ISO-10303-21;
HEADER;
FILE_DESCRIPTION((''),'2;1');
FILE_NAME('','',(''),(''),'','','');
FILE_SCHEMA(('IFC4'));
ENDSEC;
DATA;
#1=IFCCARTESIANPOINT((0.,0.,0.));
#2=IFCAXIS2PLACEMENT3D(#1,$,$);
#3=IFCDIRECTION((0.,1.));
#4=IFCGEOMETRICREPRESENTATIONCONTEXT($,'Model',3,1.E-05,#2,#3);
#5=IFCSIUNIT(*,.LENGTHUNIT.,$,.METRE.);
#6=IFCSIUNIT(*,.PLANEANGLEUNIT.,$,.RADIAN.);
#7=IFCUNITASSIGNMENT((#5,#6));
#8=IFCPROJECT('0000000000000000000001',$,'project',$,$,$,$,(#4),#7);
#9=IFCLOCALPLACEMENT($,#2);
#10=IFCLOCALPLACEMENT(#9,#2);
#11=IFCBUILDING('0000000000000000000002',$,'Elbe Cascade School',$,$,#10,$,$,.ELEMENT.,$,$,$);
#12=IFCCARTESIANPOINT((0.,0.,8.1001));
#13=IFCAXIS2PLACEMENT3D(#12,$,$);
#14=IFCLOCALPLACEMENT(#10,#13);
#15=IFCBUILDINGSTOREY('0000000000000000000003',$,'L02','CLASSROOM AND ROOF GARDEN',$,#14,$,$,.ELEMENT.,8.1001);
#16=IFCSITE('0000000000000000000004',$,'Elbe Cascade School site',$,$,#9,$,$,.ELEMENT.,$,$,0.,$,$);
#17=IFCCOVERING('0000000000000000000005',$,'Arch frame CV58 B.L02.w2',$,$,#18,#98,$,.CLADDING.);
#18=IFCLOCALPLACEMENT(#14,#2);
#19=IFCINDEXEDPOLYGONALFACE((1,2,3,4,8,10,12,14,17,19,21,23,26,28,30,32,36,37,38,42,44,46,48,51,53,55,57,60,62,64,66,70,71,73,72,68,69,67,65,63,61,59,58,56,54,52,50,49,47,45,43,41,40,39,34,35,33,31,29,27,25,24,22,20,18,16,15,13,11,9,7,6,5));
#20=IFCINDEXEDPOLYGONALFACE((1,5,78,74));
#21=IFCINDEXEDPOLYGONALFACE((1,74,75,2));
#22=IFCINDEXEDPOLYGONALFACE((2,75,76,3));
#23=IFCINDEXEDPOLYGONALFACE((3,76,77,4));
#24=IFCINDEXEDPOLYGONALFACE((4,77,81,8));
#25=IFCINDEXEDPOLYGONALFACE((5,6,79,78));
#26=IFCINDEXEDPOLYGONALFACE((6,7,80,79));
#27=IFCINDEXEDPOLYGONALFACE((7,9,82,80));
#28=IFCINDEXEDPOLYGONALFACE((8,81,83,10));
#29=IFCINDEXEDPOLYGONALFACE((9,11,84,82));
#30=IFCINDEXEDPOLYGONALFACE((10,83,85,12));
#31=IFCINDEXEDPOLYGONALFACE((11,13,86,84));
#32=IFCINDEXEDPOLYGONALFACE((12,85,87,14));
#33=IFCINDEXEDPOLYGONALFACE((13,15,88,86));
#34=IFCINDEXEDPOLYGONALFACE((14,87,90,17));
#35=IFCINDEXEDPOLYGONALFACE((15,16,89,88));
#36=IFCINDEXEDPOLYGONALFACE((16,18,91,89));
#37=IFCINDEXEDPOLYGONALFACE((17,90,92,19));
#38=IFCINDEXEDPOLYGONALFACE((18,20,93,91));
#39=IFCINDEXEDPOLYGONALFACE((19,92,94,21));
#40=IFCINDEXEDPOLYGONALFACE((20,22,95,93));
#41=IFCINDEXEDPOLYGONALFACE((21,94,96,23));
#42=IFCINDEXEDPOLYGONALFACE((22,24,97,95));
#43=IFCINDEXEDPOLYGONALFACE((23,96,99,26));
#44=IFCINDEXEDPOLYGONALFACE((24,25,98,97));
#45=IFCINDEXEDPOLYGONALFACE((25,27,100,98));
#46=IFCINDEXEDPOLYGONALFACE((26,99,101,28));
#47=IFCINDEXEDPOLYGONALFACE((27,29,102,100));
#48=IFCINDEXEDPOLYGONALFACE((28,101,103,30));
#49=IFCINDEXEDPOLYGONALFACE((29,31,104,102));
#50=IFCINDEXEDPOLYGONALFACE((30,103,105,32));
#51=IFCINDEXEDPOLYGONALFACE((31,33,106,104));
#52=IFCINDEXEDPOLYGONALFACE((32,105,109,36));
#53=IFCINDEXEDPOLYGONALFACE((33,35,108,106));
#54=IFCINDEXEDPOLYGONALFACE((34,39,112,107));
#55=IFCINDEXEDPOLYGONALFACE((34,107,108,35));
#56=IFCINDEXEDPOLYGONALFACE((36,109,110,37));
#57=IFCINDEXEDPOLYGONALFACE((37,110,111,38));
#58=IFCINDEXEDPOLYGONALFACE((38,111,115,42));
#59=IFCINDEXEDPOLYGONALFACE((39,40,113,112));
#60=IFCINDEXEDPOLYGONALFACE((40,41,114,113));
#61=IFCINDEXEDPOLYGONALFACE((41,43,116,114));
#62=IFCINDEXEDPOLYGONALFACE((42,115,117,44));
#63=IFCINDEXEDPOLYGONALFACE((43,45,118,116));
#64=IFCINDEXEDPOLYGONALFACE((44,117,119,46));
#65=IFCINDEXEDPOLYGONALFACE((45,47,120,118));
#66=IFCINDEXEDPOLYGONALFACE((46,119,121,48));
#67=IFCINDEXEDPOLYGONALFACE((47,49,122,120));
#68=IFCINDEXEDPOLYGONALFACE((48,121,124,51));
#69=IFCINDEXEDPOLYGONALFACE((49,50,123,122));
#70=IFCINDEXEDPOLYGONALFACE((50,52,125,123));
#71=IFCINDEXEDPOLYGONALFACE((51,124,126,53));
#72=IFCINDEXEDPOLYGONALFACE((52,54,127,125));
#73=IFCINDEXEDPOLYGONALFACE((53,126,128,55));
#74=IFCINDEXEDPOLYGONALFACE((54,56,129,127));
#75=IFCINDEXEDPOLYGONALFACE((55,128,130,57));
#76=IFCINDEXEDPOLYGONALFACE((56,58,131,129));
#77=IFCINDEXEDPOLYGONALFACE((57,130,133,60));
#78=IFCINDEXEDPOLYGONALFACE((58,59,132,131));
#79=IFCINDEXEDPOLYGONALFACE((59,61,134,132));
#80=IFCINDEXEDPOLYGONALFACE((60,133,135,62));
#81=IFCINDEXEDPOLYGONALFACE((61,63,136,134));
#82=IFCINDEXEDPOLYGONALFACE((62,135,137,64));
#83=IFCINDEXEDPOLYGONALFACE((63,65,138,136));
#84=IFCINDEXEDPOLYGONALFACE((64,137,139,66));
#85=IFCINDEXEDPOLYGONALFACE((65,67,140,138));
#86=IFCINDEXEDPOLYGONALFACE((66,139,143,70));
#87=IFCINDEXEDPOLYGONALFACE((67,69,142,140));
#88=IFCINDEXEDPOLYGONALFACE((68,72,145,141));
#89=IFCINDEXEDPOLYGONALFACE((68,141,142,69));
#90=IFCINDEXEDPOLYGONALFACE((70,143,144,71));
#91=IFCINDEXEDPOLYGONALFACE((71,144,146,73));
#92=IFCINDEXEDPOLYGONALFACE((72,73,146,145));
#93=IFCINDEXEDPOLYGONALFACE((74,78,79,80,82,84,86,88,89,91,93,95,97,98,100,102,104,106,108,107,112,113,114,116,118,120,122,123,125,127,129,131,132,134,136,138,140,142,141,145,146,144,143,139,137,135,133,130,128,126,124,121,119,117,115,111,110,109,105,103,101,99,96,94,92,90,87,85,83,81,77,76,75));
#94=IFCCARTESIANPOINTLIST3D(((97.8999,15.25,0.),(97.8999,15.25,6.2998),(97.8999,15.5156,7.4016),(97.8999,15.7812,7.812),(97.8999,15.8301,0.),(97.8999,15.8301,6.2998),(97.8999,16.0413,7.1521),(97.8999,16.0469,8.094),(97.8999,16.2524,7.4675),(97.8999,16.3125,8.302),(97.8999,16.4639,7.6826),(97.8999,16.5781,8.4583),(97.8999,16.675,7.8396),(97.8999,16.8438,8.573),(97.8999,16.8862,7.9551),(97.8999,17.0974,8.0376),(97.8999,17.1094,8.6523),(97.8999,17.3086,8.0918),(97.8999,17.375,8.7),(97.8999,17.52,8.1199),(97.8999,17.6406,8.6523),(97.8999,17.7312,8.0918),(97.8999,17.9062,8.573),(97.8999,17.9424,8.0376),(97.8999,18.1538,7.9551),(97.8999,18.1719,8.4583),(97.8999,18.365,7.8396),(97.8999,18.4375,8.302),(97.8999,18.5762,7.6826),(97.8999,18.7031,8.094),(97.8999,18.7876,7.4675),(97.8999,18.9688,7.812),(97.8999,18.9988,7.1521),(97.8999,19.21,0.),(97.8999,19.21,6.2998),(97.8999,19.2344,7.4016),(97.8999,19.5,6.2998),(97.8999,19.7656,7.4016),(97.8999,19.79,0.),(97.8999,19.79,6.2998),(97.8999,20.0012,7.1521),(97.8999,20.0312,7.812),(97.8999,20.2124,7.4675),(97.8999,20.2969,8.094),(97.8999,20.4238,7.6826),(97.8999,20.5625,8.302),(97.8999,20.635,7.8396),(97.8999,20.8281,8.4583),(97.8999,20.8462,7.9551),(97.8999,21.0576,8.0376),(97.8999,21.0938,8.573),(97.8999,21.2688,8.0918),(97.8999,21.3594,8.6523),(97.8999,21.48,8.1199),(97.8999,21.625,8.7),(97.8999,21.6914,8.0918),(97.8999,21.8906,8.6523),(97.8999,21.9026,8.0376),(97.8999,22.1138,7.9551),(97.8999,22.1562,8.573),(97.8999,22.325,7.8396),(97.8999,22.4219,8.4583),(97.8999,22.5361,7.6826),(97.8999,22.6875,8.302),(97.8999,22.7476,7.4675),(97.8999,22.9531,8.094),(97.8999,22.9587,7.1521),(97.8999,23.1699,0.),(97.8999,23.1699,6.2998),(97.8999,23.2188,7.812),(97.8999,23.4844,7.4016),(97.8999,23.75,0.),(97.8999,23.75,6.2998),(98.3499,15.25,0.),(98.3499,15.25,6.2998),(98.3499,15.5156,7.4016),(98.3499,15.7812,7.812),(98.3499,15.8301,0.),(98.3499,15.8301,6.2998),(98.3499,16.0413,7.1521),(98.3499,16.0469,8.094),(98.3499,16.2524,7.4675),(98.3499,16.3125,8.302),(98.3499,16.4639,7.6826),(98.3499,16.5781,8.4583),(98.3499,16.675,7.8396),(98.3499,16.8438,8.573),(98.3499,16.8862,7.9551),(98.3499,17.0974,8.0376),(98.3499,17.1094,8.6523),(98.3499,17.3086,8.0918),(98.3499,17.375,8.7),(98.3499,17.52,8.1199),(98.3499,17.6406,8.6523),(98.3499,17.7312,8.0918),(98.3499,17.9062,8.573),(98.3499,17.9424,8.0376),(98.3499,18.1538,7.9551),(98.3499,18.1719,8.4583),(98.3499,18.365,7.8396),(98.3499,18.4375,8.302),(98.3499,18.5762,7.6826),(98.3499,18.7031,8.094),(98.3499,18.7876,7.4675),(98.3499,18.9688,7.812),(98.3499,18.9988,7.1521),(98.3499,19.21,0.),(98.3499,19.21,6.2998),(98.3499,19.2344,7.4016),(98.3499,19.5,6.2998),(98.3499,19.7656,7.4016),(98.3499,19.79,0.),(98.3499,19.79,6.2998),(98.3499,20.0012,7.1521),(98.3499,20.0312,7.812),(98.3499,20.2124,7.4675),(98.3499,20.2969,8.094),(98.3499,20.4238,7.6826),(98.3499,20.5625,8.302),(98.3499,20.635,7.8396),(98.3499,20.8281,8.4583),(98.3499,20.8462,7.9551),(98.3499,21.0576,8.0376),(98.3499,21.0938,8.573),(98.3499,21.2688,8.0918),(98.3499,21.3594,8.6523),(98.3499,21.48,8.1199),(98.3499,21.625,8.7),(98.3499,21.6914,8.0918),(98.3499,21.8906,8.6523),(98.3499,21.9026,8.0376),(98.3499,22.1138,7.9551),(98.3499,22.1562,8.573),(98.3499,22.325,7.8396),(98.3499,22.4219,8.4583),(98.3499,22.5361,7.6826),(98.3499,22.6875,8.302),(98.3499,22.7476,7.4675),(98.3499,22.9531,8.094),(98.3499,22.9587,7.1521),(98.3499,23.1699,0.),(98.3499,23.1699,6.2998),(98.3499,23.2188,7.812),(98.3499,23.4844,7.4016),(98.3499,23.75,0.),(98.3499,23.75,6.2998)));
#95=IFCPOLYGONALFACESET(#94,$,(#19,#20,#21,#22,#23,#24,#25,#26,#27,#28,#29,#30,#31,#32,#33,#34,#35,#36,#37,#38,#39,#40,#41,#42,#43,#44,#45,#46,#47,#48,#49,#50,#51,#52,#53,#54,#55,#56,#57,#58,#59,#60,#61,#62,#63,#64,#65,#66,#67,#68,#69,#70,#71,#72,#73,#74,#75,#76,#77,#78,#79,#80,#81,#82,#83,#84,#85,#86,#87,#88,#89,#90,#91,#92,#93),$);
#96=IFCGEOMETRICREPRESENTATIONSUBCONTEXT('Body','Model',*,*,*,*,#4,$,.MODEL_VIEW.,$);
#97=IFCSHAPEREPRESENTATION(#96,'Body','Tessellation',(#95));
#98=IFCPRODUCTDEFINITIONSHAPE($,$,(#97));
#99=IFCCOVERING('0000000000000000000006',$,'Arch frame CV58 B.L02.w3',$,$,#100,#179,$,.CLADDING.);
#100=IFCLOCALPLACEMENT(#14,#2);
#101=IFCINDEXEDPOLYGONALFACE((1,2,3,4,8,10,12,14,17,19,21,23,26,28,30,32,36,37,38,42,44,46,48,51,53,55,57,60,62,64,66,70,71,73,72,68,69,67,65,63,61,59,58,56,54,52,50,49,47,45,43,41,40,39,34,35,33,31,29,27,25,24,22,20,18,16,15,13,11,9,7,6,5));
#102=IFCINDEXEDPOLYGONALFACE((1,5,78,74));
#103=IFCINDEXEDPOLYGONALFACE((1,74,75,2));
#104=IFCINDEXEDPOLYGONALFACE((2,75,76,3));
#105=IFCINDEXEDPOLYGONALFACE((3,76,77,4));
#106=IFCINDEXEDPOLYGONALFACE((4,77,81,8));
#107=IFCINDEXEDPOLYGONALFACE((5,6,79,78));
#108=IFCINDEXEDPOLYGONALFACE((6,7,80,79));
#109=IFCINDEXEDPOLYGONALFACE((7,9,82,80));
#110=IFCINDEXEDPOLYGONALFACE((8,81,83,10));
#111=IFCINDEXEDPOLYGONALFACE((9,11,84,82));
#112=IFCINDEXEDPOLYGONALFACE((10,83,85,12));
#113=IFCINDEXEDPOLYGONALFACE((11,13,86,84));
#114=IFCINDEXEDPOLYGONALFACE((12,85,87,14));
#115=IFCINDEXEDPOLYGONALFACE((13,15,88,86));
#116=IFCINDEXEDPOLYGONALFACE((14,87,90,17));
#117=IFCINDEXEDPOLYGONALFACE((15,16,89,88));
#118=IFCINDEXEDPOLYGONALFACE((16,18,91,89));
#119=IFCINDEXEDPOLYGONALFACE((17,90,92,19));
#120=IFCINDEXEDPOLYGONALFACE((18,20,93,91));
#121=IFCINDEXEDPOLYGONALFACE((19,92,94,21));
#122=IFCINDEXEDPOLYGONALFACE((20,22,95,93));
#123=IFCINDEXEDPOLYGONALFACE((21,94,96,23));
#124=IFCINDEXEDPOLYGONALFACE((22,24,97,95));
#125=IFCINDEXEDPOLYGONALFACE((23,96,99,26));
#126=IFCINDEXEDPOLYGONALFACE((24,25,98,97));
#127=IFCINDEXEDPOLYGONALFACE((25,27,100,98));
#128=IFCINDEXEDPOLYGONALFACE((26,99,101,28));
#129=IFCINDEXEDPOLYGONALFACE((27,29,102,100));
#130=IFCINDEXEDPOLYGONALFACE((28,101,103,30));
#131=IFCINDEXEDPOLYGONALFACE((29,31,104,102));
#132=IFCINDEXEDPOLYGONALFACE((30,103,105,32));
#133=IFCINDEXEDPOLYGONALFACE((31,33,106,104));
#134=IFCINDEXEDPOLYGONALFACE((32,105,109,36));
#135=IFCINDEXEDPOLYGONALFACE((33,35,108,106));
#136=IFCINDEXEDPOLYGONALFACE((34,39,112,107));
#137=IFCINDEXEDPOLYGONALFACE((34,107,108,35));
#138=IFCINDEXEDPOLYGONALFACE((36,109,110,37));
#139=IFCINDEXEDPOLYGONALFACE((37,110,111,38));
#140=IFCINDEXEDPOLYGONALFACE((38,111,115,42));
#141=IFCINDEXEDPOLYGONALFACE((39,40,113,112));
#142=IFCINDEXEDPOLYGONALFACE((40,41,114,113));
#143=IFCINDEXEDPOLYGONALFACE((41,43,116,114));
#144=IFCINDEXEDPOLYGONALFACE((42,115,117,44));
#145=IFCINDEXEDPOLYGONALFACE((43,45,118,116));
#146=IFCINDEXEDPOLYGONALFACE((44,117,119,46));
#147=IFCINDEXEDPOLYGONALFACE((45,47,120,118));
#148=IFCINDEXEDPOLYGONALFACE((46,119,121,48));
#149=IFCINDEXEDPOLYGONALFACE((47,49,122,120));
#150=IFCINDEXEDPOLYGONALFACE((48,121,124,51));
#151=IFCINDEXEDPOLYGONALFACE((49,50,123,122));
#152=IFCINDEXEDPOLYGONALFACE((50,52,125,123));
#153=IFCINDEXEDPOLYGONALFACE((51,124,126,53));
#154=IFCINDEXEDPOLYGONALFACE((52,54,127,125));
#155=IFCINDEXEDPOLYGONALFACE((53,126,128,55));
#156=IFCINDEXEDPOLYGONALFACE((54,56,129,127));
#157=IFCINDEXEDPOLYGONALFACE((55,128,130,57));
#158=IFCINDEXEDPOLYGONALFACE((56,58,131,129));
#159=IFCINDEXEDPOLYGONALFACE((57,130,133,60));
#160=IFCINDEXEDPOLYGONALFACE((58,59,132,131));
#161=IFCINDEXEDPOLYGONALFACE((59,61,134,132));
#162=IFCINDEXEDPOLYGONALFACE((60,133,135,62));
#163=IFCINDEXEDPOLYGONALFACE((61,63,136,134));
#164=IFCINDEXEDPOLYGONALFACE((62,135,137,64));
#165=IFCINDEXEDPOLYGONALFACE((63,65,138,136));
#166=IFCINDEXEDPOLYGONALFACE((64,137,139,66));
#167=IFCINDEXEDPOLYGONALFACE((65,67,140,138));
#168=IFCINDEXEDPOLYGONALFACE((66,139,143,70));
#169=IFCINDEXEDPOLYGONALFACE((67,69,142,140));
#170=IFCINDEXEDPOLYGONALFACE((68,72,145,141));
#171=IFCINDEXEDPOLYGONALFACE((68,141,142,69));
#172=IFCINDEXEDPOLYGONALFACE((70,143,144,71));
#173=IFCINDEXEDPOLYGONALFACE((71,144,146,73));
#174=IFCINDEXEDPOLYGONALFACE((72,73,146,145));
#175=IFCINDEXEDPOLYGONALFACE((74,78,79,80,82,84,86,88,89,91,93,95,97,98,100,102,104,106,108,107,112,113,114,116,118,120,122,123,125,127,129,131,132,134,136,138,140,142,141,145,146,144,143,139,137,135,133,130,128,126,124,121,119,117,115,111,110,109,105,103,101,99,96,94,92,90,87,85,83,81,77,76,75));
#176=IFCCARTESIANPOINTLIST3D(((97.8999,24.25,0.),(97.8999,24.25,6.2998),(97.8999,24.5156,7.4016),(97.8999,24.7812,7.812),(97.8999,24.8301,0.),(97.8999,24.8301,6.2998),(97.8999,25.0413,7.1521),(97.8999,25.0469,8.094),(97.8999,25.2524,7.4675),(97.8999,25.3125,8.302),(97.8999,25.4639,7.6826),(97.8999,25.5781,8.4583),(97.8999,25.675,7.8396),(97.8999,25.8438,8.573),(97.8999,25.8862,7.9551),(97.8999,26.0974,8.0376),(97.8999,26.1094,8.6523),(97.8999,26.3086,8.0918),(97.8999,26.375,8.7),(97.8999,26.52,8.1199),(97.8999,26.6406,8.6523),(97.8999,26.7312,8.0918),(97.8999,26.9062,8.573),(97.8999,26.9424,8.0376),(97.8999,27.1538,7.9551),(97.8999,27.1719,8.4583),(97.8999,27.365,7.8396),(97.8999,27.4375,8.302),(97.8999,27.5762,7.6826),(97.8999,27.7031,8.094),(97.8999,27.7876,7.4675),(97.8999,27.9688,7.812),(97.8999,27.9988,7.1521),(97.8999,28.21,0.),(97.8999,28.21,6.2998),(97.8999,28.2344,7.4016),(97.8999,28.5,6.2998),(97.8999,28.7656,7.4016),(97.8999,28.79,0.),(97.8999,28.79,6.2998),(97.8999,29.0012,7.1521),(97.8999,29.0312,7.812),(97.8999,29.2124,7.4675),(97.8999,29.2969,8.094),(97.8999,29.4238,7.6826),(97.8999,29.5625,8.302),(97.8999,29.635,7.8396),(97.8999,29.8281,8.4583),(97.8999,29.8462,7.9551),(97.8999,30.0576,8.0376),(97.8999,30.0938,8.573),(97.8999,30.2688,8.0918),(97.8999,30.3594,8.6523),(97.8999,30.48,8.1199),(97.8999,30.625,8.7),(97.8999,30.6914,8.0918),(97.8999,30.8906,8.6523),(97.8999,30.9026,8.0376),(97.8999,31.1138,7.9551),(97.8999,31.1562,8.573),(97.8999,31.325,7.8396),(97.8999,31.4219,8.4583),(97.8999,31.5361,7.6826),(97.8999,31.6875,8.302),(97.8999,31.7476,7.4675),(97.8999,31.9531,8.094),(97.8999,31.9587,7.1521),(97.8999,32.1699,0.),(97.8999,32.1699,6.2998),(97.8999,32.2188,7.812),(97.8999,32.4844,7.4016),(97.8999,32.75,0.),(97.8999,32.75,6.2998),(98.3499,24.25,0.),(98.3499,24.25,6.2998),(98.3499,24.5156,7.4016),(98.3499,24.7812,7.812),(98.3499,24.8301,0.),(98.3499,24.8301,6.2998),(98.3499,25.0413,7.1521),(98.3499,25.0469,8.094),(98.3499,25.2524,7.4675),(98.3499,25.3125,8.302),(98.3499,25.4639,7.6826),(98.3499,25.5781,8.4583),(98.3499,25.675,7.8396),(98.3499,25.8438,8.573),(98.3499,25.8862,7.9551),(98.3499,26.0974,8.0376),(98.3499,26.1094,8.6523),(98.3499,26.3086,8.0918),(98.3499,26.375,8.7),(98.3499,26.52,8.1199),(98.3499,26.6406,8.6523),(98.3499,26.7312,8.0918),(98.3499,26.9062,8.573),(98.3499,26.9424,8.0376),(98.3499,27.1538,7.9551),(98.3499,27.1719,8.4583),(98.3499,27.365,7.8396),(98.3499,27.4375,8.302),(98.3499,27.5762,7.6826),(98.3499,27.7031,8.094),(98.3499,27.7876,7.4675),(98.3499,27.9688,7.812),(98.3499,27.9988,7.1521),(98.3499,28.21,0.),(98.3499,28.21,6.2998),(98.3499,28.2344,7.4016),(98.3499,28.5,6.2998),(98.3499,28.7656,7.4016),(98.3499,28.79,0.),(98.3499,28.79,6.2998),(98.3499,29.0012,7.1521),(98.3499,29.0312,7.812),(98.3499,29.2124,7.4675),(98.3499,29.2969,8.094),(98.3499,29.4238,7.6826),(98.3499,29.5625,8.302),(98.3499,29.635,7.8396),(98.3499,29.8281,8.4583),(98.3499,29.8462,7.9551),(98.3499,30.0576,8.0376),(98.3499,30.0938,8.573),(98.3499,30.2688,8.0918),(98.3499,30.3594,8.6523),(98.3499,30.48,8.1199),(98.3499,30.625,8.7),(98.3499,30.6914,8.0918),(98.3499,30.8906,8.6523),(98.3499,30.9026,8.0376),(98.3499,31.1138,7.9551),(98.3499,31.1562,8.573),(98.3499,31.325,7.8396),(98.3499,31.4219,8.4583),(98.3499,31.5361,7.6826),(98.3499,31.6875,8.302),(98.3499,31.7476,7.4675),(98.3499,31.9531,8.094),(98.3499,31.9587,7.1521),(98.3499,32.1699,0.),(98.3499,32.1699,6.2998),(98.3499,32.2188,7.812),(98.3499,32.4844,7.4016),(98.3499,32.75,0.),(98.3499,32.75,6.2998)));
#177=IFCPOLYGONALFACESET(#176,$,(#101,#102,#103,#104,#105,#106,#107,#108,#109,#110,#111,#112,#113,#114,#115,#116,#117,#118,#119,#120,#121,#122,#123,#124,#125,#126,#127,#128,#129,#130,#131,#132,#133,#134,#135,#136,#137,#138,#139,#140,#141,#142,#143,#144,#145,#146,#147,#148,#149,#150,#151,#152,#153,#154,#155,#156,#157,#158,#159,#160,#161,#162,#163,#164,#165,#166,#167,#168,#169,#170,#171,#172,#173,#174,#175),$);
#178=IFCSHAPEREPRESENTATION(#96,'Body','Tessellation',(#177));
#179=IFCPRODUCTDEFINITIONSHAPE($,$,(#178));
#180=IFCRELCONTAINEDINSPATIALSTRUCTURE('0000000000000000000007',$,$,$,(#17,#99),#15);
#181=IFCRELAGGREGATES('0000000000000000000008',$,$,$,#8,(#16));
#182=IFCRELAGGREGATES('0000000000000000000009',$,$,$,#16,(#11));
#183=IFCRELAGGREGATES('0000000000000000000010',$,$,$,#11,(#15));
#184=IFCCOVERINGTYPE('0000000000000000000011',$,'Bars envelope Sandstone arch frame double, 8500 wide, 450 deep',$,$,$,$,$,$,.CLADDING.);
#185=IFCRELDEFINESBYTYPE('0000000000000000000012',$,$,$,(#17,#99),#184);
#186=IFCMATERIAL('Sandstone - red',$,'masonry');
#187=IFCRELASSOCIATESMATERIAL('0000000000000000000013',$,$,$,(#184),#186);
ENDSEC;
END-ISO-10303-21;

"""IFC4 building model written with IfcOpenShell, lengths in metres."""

from ifc_helpers import new_model, si_unit, direction, frame, origin, place, context, subcontext, project, spatial, polyline, outline, extrude, material, type_object, element, save


model = new_model("IFC4")

# Units and contexts
model_context = context("Model", 3, precision=1e-05, world=origin(), true_north=direction((0.0, 1.0)))
body_context = subcontext(model_context, "Body", "Model", "MODEL_VIEW")
ifc_project = project(units=[si_unit("LENGTHUNIT", "METRE"), si_unit("PLANEANGLEUNIT", "RADIAN")], contexts=[model_context])

# Site, building, storey
site_placement = place(None, origin())
site = spatial("IfcSite", under=ifc_project, at=site_placement, Name="Elbe Cascade School site", CompositionType="ELEMENT", RefElevation=0.0)
building_placement = place(site_placement, origin())
building = spatial("IfcBuilding", under=site, at=building_placement, Name="Elbe Cascade School", CompositionType="ELEMENT")
storey_placement = place(building_placement, frame((0.0, 0.0, 8.1001)))
storey = spatial("IfcBuildingStorey", under=building, at=storey_placement, Name="L02", Description="CLASSROOM AND ROOF GARDEN", CompositionType="ELEMENT", Elevation=8.1001)

# Coverings
ifc_material_1 = material(Name="Sandstone - red", Category="masonry")
covering_type_1 = type_object("IfcCoveringType", Name="Bars envelope Sandstone arch frame double, 8500 wide, 450 deep", PredefinedType="CLADDING", material=ifc_material_1)
covering_1_placement = place(storey_placement, frame((97.8999, 15.25, 0.0), z_axis=(-1.0, 0.0, 0.0), x_axis=(0.0, 0.0, 1.0)))
element("IfcCovering", 1, at=covering_1_placement, inside=storey, type_object=covering_type_1, Name="Arch frame CV58 B.L02.w2", PredefinedType="CLADDING", context=body_context, shape_type="SweptSolid", body=[
    extrude(outline(polyline([(0.0, 0.0), (6.2998, 0.0), (7.4016, 0.2656), (7.812, 0.5312), (8.094, 0.7969), (8.302, 1.0625), (8.4583, 1.3281), (8.573, 1.5938), (8.6523, 1.8594), (8.7, 2.125), (8.6523, 2.3906), (8.573, 2.6562), (8.4583, 2.9219), (8.302, 3.1875), (8.094, 3.4531), (7.812, 3.7188), (7.4016, 3.9844), (6.2998, 4.25), (7.4016, 4.5156), (7.812, 4.7812), (8.094, 5.0469), (8.302, 5.3125), (8.4583, 5.5781), (8.573, 5.8438), (8.6523, 6.1094), (8.7, 6.375), (8.6523, 6.6406), (8.573, 6.9062), (8.4583, 7.1719), (8.302, 7.4375), (8.094, 7.7031), (7.812, 7.9688), (7.4016, 8.2344), (6.2998, 8.5), (0.0, 8.5), (0.0, 7.9199), (6.2998, 7.9199), (7.1521, 7.7087), (7.4675, 7.4976), (7.6826, 7.2861), (7.8396, 7.075), (7.9551, 6.8638), (8.0376, 6.6526), (8.0918, 6.4414), (8.1199, 6.23), (8.0918, 6.0188), (8.0376, 5.8076), (7.9551, 5.5962), (7.8396, 5.385), (7.6826, 5.1738), (7.4675, 4.9624), (7.1521, 4.7512), (6.2998, 4.54), (0.0, 4.54), (0.0, 3.96), (6.2998, 3.96), (7.1521, 3.7488), (7.4675, 3.5376), (7.6826, 3.3262), (7.8396, 3.115), (7.9551, 2.9038), (8.0376, 2.6924), (8.0918, 2.4812), (8.1199, 2.27), (8.0918, 2.0586), (8.0376, 1.8474), (7.9551, 1.6362), (7.8396, 1.425), (7.6826, 1.2139), (7.4675, 1.0024), (7.1521, 0.7913), (6.2998, 0.5801), (0.0, 0.5801), (0.0, 0.0)])), origin(), (0.0, 0.0, -1.0), 0.45),
])
covering_2_placement = place(storey_placement, frame((97.8999, 24.25, 0.0), z_axis=(-1.0, 0.0, 0.0), x_axis=(0.0, 0.0, 1.0)))
element("IfcCovering", 2, at=covering_2_placement, inside=storey, type_object=covering_type_1, Name="Arch frame CV58 B.L02.w3", PredefinedType="CLADDING", context=body_context, shape_type="SweptSolid", body=[
    extrude(outline(polyline([(0.0, 0.0), (6.2998, 0.0), (7.4016, 0.2656), (7.812, 0.5312), (8.094, 0.7969), (8.302, 1.0625), (8.4583, 1.3281), (8.573, 1.5938), (8.6523, 1.8594), (8.7, 2.125), (8.6523, 2.3906), (8.573, 2.6562), (8.4583, 2.9219), (8.302, 3.1875), (8.094, 3.4531), (7.812, 3.7188), (7.4016, 3.9844), (6.2998, 4.25), (7.4016, 4.5156), (7.812, 4.7812), (8.094, 5.0469), (8.302, 5.3125), (8.4583, 5.5781), (8.573, 5.8438), (8.6523, 6.1094), (8.7, 6.375), (8.6523, 6.6406), (8.573, 6.9062), (8.4583, 7.1719), (8.302, 7.4375), (8.094, 7.7031), (7.812, 7.9688), (7.4016, 8.2344), (6.2998, 8.5), (0.0, 8.5), (0.0, 7.9199), (6.2998, 7.9199), (7.1521, 7.7087), (7.4675, 7.4976), (7.6826, 7.2861), (7.8396, 7.075), (7.9551, 6.8638), (8.0376, 6.6526), (8.0918, 6.4414), (8.1199, 6.23), (8.0918, 6.0188), (8.0376, 5.8076), (7.9551, 5.5962), (7.8396, 5.385), (7.6826, 5.1738), (7.4675, 4.9624), (7.1521, 4.7512), (6.2998, 4.54), (0.0, 4.54), (0.0, 3.96), (6.2998, 3.96), (7.1521, 3.7488), (7.4675, 3.5376), (7.6826, 3.3262), (7.8396, 3.115), (7.9551, 2.9038), (8.0376, 2.6924), (8.0918, 2.4812), (8.1199, 2.27), (8.0918, 2.0586), (8.0376, 1.8474), (7.9551, 1.6362), (7.8396, 1.425), (7.6826, 1.2139), (7.4675, 1.0024), (7.1521, 0.7913), (6.2998, 0.5801), (0.0, 0.5801), (0.0, 0.0)])), origin(), (0.0, 0.0, -1.0), 0.45),
])

save(model, "model.ifc")
